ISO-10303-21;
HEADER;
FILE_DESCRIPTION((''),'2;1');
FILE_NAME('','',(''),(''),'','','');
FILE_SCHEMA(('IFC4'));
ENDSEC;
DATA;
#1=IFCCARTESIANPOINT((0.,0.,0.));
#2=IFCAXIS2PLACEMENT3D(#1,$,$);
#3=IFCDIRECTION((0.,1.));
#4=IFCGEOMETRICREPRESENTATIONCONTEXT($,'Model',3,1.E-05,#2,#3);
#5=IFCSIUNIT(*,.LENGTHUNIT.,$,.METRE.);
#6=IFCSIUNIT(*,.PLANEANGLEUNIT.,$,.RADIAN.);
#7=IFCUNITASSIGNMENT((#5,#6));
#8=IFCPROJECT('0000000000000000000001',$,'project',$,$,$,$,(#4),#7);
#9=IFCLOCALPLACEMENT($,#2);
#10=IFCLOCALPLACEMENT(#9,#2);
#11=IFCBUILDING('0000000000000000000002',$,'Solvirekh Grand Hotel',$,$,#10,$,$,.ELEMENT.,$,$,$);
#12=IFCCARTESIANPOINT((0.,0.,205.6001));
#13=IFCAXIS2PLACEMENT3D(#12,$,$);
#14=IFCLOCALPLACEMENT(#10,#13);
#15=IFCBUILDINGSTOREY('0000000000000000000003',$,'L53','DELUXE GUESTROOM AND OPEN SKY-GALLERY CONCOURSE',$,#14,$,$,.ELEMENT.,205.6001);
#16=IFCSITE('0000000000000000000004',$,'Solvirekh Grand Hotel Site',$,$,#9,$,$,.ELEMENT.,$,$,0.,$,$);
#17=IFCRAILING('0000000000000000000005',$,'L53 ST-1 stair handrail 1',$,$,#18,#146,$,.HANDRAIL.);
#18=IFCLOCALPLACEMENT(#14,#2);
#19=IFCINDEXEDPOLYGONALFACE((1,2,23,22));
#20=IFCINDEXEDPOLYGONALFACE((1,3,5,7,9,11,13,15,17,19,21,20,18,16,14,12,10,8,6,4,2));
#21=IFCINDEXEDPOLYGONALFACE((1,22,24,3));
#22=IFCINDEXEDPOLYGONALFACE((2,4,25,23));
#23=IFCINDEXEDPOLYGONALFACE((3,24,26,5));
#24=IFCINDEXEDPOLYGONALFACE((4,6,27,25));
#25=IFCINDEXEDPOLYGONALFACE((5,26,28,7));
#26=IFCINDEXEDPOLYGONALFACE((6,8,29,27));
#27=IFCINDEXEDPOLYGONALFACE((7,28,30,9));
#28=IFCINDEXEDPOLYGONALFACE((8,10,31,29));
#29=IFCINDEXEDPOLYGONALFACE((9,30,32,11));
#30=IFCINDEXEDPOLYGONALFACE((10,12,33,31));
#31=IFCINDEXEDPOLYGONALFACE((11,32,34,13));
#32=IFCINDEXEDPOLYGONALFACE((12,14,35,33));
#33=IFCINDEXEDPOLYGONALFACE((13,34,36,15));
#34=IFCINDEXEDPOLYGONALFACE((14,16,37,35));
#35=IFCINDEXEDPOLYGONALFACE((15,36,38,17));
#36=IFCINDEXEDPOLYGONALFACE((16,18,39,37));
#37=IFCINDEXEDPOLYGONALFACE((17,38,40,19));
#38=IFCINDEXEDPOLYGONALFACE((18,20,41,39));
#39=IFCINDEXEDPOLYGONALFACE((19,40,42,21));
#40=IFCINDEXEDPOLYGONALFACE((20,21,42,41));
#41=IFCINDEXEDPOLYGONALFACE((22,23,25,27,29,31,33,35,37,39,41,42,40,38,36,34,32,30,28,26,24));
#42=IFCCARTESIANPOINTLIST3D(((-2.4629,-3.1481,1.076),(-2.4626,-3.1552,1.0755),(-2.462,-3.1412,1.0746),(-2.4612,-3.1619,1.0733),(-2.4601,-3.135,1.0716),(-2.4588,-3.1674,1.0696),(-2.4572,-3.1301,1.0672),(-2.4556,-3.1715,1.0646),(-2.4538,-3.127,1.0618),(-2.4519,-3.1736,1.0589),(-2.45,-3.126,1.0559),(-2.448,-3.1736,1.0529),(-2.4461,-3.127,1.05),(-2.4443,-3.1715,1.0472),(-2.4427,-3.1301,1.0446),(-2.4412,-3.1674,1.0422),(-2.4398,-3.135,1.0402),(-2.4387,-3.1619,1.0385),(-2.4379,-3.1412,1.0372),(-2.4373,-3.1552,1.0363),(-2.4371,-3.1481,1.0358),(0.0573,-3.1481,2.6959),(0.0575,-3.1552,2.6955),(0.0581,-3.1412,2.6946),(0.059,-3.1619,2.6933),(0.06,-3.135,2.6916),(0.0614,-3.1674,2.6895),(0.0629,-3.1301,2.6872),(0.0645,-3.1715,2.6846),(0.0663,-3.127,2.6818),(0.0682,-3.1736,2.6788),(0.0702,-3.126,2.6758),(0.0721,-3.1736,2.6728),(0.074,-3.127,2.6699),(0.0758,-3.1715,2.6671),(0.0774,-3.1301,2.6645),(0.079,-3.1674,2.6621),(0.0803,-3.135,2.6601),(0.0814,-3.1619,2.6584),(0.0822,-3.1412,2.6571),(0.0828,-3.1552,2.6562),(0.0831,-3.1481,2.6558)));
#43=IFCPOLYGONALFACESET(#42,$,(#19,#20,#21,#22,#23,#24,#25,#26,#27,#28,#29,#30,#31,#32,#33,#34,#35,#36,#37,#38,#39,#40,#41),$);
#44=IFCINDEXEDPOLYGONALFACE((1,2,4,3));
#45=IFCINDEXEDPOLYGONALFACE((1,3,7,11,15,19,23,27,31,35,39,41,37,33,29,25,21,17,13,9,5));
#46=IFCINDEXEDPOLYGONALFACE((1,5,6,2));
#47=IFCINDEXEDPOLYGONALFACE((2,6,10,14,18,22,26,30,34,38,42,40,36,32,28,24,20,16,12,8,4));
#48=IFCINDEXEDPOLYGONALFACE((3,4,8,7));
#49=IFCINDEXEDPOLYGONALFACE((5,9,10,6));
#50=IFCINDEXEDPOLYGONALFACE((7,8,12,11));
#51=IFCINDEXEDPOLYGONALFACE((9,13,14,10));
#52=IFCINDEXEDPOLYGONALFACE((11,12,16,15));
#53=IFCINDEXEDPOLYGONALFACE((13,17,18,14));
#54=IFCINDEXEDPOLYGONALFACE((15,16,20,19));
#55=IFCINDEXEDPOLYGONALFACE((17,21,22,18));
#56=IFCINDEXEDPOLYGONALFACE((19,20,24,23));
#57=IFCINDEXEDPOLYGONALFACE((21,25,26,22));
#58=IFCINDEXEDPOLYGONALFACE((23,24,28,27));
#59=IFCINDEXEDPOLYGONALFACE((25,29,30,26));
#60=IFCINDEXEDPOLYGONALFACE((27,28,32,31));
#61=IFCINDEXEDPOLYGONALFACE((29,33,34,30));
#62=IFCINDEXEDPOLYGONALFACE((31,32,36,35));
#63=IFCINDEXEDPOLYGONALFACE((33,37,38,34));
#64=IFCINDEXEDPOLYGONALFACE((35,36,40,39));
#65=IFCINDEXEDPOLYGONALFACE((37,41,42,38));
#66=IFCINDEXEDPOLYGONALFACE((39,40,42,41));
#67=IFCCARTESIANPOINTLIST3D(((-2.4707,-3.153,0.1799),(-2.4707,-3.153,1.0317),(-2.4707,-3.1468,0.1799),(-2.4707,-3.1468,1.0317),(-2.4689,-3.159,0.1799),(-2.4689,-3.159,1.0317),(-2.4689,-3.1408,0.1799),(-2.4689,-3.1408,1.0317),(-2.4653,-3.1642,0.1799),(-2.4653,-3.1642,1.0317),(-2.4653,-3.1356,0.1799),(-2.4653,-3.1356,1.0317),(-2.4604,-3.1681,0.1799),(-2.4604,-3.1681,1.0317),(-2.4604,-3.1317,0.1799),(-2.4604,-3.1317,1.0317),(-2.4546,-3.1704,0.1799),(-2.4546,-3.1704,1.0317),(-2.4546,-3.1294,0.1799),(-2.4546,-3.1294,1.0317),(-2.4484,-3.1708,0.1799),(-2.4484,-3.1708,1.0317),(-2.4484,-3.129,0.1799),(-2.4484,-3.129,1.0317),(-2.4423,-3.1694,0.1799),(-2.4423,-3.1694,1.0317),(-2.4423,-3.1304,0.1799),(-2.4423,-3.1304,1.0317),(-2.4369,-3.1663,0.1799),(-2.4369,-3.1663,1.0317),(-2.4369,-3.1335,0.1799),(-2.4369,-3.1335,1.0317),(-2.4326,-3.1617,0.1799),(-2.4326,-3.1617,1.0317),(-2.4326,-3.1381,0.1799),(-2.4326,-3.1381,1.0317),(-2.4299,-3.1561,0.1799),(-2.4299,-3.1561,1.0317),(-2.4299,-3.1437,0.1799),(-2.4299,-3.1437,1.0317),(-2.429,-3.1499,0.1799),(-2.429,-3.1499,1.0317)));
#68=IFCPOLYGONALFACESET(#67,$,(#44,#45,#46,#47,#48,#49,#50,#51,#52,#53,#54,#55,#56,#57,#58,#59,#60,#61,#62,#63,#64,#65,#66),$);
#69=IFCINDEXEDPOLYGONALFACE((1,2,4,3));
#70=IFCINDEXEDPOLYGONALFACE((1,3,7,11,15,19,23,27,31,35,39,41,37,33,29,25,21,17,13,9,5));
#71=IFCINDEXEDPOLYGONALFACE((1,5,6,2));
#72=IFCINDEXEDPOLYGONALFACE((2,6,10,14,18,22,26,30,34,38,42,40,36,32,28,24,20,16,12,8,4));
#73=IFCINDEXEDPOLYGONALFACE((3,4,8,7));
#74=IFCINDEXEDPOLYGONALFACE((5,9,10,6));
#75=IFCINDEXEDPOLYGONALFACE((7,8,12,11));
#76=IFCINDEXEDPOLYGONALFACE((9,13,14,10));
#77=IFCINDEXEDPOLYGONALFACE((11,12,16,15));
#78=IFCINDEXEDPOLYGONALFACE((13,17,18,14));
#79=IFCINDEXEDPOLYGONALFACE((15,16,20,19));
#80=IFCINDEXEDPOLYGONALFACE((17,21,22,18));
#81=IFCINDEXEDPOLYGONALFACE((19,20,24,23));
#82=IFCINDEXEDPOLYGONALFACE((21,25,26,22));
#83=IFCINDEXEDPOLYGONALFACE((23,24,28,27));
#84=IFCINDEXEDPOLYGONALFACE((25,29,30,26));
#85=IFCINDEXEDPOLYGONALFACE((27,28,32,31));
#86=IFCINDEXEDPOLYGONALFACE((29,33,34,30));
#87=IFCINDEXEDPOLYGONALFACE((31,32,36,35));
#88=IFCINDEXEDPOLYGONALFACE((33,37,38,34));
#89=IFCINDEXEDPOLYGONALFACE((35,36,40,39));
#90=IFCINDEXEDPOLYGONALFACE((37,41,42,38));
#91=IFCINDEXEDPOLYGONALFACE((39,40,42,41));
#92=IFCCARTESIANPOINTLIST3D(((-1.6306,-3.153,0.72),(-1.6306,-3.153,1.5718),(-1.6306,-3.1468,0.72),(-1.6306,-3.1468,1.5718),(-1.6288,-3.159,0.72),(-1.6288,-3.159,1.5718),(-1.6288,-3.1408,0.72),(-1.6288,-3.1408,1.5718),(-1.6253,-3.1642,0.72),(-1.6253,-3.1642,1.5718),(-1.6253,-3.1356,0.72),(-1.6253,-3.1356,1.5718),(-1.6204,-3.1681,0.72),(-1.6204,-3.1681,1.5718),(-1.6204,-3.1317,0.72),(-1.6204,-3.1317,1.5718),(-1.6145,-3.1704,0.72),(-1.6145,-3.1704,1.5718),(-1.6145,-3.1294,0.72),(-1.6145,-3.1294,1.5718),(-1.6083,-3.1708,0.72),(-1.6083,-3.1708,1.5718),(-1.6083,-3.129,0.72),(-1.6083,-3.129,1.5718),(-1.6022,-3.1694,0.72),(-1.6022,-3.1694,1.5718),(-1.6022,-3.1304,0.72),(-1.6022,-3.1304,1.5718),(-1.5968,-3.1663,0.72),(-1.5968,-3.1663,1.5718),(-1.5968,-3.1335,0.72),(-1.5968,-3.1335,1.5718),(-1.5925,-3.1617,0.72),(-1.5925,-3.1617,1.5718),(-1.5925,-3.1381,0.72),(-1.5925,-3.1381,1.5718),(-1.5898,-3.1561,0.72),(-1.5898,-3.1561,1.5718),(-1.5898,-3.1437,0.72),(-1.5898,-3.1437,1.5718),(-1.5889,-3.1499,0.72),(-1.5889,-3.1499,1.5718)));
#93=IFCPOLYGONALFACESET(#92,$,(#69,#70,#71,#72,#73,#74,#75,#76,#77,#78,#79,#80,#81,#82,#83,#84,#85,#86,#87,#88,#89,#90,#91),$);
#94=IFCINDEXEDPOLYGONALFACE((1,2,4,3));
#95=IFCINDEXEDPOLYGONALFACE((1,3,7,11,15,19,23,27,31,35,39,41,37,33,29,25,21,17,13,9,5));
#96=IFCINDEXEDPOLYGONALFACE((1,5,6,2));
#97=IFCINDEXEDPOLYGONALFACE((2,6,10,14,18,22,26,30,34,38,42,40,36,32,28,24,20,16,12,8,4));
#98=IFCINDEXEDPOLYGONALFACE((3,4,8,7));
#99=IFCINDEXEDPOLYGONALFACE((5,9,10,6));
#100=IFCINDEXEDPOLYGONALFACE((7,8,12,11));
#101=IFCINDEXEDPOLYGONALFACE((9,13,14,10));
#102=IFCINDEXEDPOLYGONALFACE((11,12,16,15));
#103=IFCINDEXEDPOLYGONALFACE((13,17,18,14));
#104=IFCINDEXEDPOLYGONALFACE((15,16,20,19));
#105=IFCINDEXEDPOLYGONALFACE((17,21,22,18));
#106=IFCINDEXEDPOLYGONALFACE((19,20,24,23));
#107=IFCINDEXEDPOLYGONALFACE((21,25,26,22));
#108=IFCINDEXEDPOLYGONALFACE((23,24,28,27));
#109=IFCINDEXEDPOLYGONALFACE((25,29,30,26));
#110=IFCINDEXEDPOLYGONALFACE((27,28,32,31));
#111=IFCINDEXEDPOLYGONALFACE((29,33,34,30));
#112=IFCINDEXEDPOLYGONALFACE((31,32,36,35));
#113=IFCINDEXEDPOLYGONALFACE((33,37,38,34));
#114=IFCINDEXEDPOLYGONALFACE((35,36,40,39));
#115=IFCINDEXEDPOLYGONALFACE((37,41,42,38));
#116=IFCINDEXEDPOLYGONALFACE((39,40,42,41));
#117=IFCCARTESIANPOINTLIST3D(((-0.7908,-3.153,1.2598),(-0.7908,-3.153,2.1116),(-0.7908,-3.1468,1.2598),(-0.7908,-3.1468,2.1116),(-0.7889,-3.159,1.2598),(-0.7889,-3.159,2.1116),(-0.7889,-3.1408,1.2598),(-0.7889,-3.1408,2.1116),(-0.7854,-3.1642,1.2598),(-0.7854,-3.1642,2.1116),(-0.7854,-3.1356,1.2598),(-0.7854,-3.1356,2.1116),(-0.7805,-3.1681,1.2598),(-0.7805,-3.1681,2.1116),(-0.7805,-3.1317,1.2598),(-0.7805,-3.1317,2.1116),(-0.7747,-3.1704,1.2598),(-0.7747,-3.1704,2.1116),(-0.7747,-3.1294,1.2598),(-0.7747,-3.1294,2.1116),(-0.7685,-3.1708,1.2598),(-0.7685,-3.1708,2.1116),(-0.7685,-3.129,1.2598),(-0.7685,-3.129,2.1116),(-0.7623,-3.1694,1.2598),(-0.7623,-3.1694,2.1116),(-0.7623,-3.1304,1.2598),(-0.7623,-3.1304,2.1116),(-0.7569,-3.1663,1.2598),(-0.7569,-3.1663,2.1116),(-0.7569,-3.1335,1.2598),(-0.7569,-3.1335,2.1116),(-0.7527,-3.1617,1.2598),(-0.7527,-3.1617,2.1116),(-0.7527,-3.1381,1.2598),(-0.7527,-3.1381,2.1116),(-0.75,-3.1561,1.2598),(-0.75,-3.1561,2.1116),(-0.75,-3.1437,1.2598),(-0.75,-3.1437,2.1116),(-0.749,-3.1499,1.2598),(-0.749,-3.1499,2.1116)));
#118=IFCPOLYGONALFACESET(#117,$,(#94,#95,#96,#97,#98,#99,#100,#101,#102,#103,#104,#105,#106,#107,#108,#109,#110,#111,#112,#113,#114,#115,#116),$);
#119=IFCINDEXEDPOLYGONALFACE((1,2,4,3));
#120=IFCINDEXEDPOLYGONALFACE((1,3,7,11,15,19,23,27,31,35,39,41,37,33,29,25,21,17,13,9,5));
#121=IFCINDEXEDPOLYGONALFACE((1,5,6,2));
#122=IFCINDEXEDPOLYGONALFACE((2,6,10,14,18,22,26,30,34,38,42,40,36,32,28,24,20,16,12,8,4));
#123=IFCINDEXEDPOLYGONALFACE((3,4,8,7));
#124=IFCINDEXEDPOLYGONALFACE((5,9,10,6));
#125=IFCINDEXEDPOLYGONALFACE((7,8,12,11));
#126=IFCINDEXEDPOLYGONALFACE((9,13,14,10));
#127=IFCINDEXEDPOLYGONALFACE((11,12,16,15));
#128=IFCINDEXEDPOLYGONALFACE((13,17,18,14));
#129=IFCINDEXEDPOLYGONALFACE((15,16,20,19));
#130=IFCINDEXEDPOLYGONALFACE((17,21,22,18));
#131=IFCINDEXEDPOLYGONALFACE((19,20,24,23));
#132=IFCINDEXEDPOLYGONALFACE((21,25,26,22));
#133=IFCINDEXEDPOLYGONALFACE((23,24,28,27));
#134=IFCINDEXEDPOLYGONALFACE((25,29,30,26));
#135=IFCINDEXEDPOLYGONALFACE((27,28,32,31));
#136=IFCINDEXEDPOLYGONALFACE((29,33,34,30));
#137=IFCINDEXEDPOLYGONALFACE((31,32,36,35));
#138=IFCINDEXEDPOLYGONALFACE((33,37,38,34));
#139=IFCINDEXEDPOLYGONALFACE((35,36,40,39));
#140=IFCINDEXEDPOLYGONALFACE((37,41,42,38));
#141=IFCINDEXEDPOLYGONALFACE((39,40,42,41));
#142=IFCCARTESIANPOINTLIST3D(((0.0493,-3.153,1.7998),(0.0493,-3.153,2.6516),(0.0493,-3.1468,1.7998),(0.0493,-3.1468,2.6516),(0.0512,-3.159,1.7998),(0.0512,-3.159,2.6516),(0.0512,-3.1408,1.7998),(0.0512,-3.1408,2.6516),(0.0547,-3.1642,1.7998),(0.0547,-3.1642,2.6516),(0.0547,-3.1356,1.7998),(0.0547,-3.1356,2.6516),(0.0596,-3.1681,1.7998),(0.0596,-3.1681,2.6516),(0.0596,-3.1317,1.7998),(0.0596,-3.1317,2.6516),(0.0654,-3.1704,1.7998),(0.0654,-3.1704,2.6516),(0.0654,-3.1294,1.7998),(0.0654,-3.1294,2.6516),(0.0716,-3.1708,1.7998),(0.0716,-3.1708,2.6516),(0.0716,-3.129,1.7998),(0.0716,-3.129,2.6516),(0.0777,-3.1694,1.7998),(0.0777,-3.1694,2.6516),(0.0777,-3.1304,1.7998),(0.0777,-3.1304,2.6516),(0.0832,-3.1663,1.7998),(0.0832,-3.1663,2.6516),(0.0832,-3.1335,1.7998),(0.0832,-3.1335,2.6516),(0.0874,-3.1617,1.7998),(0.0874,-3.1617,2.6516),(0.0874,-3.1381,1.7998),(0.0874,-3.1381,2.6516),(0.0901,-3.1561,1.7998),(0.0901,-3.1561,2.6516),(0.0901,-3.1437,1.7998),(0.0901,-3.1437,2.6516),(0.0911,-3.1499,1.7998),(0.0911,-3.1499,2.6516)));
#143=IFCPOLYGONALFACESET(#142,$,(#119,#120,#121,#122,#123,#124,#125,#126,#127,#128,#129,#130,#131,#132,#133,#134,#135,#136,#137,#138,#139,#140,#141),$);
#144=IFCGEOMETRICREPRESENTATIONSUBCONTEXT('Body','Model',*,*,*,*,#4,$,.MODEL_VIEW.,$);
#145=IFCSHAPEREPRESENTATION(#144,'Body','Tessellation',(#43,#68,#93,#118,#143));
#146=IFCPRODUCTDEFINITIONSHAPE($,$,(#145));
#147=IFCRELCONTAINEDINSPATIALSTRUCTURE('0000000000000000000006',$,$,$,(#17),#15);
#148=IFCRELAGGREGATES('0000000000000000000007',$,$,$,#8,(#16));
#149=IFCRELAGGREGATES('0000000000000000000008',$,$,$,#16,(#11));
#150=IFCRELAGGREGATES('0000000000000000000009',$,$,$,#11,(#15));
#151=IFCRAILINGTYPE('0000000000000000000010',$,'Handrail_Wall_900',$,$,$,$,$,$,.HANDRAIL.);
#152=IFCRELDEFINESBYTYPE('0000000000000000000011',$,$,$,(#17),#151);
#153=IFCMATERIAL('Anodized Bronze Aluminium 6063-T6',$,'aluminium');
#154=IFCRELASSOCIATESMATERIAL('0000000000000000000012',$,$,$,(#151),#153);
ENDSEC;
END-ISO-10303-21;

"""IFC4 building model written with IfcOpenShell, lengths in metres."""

from ifc_helpers import new_model, si_unit, direction, frame, origin, origin_2d, place, context, subcontext, project, spatial, circle, extrude, material, type_object, element, save


model = new_model("IFC4")

# Units and contexts
model_context = context("Model", 3, precision=1e-05, world=origin(), true_north=direction((0.0, 1.0)))
body_context = subcontext(model_context, "Body", "Model", "MODEL_VIEW")
ifc_project = project(units=[si_unit("LENGTHUNIT", "METRE"), si_unit("PLANEANGLEUNIT", "RADIAN")], contexts=[model_context])

# Site, building, storey
site_placement = place(None, origin())
site = spatial("IfcSite", under=ifc_project, at=site_placement, Name="Solvirekh Grand Hotel Site", CompositionType="ELEMENT", RefElevation=0.0)
building_placement = place(site_placement, origin())
building = spatial("IfcBuilding", under=site, at=building_placement, Name="Solvirekh Grand Hotel", CompositionType="ELEMENT")
storey_placement = place(building_placement, frame((0.0, 0.0, 205.6001)))
storey = spatial("IfcBuildingStorey", under=building, at=storey_placement, Name="L53", Description="DELUXE GUESTROOM AND OPEN SKY-GALLERY CONCOURSE", CompositionType="ELEMENT", Elevation=205.6001)

# Railing
ifc_material_1 = material(Name="Anodized Bronze Aluminium 6063-T6", Category="aluminium")
railing_type_1 = type_object("IfcRailingType", Name="Handrail_Wall_900", PredefinedType="HANDRAIL", material=ifc_material_1)
railing_1_placement = place(storey_placement, frame((-2.45, -3.1499, 0.1799)))
element("IfcRailing", 1, at=railing_1_placement, inside=storey, type_object=railing_type_1, Name="L53 ST-1 stair handrail 1", PredefinedType="HANDRAIL", context=body_context, shape_type="SweptSolid", body=[
    extrude(circle(Radius=0.0239, at=origin_2d()), frame((0.0, 0.0, 0.876), z_axis=(0.8412, 0.0, 0.540725), x_axis=(0.0, 1.0, 0.0)), (0.0, 0.0, 1.0), 2.9958),
    extrude(circle(Radius=0.021, at=origin_2d()), origin(), (0.0, 0.0, 1.0), 0.8518),
    extrude(circle(Radius=0.021, at=origin_2d()), frame((0.8401, 0.0, 0.54)), (0.0, 0.0, 1.0), 0.8518),
    extrude(circle(Radius=0.021, at=origin_2d()), frame((1.6799, 0.0, 1.0798)), (0.0, 0.0, 1.0), 0.8518),
    extrude(circle(Radius=0.021, at=origin_2d()), frame((2.52, 0.0, 1.6199)), (0.0, 0.0, 1.0), 0.8518),
])

save(model, "model.ifc")
